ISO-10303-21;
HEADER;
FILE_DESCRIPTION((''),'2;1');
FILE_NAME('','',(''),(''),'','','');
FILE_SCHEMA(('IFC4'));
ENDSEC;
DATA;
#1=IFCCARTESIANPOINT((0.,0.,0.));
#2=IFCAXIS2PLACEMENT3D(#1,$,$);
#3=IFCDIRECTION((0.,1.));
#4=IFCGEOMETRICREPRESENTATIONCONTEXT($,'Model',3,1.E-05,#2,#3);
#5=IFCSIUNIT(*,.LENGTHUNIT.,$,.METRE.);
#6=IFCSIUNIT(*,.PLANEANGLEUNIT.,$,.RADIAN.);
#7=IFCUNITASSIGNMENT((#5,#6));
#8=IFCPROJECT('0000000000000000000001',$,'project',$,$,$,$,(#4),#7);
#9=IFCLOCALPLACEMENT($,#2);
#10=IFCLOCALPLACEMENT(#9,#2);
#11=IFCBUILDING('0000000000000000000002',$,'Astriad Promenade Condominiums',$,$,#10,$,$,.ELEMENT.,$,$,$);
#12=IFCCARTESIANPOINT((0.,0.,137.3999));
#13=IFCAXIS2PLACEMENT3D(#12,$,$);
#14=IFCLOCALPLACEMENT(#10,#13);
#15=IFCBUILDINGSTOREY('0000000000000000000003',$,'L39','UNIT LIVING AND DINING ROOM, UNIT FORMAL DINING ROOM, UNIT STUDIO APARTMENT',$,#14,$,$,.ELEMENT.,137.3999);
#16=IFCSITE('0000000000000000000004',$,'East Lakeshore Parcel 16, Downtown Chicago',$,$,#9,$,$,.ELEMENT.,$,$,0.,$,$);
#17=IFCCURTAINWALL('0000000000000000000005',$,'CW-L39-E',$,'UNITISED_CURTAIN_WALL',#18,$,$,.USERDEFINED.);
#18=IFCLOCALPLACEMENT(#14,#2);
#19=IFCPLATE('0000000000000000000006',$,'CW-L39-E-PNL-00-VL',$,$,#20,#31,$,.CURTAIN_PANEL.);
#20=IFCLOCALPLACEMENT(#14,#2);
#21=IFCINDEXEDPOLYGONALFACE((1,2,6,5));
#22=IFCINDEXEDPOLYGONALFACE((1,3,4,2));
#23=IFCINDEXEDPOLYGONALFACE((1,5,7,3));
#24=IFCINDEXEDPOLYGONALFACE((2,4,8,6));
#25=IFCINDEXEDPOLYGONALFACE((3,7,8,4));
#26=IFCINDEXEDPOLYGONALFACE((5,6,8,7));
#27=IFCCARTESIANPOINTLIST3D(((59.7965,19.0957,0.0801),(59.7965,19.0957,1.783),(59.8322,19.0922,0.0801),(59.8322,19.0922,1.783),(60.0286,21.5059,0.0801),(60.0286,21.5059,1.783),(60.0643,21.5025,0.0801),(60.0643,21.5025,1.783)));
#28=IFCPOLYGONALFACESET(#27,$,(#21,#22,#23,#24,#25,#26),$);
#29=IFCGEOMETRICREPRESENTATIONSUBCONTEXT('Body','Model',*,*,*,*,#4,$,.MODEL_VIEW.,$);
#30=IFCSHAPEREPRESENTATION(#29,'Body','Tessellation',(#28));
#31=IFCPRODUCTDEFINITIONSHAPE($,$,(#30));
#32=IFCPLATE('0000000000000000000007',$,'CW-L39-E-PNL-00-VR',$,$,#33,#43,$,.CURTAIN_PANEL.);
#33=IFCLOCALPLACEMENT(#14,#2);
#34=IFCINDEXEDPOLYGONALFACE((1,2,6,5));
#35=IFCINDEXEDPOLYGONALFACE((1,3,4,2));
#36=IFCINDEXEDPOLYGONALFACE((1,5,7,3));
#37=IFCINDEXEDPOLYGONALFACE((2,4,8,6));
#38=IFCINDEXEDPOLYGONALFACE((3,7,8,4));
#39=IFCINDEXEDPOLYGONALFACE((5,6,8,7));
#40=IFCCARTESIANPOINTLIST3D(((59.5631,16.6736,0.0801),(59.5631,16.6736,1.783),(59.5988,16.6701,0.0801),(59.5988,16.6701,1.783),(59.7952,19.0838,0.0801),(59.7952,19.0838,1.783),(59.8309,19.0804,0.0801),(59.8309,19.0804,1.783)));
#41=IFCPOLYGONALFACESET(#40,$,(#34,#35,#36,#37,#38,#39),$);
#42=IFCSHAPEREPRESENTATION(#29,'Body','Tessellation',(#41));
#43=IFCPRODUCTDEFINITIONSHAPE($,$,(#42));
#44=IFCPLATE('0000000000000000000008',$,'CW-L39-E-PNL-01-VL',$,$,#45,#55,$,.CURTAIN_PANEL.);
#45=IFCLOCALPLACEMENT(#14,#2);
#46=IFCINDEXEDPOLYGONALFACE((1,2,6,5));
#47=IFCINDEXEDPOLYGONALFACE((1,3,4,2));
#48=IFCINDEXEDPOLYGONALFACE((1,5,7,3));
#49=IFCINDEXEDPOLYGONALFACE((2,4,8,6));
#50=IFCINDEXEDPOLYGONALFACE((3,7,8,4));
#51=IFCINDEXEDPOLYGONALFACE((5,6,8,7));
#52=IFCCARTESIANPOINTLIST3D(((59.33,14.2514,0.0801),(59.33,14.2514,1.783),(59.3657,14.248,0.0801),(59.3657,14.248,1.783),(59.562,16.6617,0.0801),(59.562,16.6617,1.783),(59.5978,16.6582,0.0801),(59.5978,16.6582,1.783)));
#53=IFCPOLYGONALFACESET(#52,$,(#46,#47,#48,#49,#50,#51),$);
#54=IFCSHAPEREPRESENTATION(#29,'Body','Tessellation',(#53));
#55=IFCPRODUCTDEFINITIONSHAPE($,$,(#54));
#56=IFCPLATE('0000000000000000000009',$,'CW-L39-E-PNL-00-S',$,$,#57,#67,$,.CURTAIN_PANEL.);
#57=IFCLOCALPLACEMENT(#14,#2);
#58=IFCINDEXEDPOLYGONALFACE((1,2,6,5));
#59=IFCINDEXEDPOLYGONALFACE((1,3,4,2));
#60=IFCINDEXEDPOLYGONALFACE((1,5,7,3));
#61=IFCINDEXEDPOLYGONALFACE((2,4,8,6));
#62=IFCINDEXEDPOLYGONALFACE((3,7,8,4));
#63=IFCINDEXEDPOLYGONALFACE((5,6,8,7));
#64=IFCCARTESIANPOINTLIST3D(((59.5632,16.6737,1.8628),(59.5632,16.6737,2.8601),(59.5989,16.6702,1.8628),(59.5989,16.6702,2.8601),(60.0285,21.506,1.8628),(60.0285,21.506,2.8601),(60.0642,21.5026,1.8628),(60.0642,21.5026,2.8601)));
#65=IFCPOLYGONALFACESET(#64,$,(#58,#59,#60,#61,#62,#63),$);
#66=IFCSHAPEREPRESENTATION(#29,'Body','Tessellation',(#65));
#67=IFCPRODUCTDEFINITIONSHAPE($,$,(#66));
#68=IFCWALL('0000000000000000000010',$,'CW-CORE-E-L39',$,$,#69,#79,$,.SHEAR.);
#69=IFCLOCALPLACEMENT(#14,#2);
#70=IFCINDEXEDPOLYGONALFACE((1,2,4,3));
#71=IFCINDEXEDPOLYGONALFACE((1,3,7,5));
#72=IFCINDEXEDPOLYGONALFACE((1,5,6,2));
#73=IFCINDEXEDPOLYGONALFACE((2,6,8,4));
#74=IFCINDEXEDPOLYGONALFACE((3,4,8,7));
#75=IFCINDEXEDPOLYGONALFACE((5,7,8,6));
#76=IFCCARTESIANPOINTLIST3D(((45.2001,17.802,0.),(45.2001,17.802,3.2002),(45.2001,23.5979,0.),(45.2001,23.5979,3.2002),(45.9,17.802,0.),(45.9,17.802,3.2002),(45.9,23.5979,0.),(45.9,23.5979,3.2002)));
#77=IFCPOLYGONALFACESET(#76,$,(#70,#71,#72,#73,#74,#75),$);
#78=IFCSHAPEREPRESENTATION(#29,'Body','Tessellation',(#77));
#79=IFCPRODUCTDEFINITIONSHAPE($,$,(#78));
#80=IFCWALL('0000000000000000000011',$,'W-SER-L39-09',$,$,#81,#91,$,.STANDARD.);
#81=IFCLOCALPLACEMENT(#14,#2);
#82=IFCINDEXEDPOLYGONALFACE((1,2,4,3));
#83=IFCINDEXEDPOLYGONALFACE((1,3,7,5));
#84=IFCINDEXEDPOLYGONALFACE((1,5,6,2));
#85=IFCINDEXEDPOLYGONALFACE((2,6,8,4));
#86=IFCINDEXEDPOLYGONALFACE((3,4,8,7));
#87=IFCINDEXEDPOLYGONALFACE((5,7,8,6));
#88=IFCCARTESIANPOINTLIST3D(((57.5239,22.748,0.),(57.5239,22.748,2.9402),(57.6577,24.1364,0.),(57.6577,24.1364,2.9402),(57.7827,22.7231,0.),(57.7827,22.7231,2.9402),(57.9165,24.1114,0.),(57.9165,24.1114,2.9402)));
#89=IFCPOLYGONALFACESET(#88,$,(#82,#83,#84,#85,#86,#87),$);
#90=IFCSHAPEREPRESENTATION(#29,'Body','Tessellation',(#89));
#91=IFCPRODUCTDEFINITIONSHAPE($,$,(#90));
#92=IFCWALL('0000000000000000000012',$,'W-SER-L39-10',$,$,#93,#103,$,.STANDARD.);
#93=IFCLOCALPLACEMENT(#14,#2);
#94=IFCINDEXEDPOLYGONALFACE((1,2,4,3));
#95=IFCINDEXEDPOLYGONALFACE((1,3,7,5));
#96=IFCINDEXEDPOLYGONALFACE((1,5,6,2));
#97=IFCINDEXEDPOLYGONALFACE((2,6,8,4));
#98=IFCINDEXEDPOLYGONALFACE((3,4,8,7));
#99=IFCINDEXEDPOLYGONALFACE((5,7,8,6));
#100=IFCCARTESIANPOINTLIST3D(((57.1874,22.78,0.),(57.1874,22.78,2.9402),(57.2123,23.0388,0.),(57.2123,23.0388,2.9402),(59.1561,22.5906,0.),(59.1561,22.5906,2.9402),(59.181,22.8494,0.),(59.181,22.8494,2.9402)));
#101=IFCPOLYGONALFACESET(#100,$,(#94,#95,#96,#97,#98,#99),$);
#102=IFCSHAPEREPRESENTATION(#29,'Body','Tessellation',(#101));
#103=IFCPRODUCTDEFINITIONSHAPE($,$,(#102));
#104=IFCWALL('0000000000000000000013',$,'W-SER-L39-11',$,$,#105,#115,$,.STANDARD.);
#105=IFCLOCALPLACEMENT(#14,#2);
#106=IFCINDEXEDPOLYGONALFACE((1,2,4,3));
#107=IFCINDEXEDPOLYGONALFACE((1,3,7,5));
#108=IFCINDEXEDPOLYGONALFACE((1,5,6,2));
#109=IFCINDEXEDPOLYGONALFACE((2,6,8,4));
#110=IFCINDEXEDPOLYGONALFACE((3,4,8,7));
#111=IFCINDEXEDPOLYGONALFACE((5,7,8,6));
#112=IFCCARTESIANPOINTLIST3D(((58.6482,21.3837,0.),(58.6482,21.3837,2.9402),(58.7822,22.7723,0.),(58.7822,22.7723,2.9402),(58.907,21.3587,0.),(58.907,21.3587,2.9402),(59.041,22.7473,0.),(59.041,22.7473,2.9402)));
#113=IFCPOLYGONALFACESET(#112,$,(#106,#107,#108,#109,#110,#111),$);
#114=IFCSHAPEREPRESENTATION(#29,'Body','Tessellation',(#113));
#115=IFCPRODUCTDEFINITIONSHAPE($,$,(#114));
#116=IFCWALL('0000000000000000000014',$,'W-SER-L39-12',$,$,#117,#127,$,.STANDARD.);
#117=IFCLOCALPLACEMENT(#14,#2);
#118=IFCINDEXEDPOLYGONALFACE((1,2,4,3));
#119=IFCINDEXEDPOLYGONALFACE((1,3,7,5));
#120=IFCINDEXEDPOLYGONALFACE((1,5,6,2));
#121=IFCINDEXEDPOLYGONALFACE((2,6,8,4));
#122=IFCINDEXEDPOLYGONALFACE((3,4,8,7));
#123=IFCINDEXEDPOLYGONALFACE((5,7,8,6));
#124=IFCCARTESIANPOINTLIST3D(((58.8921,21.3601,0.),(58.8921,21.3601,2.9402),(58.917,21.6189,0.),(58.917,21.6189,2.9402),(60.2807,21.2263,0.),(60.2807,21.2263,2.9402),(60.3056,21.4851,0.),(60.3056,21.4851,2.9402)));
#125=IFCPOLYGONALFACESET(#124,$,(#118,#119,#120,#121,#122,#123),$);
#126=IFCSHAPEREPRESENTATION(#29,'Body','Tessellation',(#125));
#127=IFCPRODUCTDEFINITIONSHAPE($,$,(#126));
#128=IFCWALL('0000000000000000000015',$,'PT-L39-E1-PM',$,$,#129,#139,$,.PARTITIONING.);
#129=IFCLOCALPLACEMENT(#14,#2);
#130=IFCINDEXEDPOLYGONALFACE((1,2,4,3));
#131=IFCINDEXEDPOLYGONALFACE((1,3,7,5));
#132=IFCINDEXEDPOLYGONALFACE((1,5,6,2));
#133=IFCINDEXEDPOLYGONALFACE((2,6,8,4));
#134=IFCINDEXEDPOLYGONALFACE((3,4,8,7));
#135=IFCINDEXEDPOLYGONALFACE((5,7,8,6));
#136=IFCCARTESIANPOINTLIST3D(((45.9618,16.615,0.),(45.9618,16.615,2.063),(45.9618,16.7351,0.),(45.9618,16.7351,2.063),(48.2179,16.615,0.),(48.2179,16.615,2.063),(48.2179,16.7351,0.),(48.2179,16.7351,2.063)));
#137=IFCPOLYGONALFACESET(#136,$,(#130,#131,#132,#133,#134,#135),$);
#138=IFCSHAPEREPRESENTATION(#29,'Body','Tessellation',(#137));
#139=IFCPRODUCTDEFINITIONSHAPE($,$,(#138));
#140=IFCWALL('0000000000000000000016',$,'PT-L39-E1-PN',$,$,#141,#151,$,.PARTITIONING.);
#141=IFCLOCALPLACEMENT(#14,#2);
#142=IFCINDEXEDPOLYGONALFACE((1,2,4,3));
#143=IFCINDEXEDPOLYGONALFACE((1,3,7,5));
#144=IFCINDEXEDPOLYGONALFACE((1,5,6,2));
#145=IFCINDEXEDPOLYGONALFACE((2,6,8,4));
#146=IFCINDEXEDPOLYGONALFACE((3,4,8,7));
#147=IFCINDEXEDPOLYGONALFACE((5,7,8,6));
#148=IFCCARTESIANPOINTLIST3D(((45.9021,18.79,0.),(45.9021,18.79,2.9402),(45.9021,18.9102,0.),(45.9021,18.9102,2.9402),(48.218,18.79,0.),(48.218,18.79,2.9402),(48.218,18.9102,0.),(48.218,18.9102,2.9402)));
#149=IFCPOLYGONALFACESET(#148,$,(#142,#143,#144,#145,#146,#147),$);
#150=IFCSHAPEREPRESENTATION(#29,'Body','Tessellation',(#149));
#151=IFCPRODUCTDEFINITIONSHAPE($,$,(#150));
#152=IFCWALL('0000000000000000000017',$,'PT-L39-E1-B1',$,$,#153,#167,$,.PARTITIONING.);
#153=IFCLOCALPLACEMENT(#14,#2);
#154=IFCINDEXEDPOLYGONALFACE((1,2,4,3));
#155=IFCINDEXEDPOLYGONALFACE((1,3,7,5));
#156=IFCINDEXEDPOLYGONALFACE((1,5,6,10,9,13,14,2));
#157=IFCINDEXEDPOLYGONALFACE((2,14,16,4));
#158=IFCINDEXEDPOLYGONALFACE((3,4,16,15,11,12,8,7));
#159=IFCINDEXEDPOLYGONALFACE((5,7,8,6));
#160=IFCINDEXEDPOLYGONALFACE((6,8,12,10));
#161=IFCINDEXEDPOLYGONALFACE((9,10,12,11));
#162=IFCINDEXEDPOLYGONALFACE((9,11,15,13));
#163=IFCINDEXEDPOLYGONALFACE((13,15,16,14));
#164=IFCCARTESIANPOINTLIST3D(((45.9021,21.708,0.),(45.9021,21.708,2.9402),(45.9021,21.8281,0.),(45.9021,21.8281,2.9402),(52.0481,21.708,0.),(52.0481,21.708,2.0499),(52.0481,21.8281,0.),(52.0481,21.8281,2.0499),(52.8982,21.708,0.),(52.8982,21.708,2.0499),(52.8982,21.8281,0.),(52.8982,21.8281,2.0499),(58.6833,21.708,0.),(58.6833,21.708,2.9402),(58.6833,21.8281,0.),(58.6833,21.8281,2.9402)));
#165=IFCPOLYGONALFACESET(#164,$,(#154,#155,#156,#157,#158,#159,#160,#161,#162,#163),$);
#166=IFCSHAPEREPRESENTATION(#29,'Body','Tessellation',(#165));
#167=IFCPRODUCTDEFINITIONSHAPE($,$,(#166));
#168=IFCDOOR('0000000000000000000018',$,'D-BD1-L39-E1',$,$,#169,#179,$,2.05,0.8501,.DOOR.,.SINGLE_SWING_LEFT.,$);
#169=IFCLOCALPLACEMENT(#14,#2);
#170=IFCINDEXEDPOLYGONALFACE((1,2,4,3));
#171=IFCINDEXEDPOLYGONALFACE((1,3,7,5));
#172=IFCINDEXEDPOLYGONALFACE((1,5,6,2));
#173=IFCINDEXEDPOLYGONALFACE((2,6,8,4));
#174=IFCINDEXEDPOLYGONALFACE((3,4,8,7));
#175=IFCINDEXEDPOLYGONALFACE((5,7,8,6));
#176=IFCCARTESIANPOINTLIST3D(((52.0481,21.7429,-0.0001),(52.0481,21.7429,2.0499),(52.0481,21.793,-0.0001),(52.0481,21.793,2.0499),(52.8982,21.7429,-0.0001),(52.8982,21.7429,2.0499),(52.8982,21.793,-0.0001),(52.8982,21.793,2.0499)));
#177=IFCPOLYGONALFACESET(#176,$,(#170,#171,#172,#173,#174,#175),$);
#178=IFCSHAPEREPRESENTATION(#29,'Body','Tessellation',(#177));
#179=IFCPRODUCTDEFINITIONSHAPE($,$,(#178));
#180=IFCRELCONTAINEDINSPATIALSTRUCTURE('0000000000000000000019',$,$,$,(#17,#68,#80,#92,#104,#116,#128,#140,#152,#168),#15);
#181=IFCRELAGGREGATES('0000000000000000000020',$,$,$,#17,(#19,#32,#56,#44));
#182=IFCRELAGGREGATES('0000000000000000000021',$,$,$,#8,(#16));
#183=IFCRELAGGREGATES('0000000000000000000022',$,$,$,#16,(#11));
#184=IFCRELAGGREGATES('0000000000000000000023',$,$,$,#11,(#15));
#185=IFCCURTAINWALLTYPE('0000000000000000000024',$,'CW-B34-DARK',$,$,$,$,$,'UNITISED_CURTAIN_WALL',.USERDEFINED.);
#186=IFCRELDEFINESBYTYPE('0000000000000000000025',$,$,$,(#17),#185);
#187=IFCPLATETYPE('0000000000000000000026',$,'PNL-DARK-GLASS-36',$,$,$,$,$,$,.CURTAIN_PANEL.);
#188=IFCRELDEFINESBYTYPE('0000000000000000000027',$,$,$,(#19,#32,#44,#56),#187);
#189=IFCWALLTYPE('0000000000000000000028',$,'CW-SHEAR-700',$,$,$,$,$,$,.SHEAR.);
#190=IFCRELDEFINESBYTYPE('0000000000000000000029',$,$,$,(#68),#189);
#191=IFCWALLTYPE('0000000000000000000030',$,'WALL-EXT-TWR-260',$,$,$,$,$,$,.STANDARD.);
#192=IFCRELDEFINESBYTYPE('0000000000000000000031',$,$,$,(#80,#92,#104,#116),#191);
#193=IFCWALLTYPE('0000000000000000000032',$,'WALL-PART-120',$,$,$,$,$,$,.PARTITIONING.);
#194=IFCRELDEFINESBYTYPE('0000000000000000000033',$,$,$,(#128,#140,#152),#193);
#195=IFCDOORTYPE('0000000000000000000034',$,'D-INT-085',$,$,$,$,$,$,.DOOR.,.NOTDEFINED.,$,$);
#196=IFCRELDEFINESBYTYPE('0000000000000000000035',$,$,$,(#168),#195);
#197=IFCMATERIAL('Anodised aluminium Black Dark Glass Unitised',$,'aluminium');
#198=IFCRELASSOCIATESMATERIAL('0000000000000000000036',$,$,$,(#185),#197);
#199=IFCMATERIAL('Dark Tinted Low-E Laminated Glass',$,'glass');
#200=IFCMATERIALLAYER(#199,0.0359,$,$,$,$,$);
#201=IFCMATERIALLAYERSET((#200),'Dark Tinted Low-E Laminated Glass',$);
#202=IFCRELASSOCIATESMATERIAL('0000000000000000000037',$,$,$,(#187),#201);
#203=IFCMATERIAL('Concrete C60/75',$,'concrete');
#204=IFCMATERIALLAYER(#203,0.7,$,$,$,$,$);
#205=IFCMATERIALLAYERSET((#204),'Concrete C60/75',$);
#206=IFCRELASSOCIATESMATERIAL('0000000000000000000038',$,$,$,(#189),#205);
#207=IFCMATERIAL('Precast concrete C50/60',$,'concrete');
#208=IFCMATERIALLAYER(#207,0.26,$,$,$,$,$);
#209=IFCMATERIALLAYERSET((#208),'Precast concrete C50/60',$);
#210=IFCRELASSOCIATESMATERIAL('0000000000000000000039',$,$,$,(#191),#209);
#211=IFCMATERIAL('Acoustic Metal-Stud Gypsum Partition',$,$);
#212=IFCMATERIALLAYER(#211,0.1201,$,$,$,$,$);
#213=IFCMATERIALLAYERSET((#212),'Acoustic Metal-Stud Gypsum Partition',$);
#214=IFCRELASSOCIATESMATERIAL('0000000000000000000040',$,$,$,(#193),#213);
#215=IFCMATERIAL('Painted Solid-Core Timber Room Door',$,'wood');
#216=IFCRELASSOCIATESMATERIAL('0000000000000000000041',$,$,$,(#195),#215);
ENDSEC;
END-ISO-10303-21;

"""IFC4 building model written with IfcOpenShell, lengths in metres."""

from ifc_helpers import new_model, si_unit, direction, frame, frame_2d, origin, origin_2d, place, context, subcontext, project, spatial, rectangle, extrude, source, transform, mapped, material, layer, layer_set, type_object, type_shapes, element, fill, aggregate, save


model = new_model("IFC4")

# Units and contexts
model_context = context("Model", 3, precision=1e-05, world=origin(), true_north=direction((0.0, 1.0)))
body_context = subcontext(model_context, "Body", "Model", "MODEL_VIEW")
ifc_project = project(units=[si_unit("LENGTHUNIT", "METRE"), si_unit("PLANEANGLEUNIT", "RADIAN")], contexts=[model_context])

# Site, building, storey
site_placement = place(None, origin())
site = spatial("IfcSite", under=ifc_project, at=site_placement, Name="East Lakeshore Parcel 16, Downtown Chicago", CompositionType="ELEMENT", RefElevation=0.0)
building_placement = place(site_placement, origin())
building = spatial("IfcBuilding", under=site, at=building_placement, Name="Astriad Promenade Condominiums", CompositionType="ELEMENT")
storey_placement = place(building_placement, frame((0.0, 0.0, 137.3999)))
storey = spatial("IfcBuildingStorey", under=building, at=storey_placement, Name="L39", Description="UNIT LIVING AND DINING ROOM, UNIT FORMAL DINING ROOM, UNIT STUDIO APARTMENT", CompositionType="ELEMENT", Elevation=137.3999)

# Shared definitions
ifc_material_1 = material(Name="Concrete C60/75", Category="concrete")

# Curtain wall, plates
ifc_material_2 = material(Name="Anodised aluminium Black Dark Glass Unitised", Category="aluminium")
curtain_wall_type = type_object("IfcCurtainWallType", Name="CW-B34-DARK", ElementType="UNITISED_CURTAIN_WALL", PredefinedType="USERDEFINED", material=ifc_material_2)
curtain_wall_placement = place(storey_placement, origin())
curtain_wall = element("IfcCurtainWall", 1, at=curtain_wall_placement, inside=storey, type_object=curtain_wall_type, Name="CW-L39-E", ObjectType="UNITISED_CURTAIN_WALL", PredefinedType="USERDEFINED")
ifc_material_3 = material(Name="Dark Tinted Low-E Laminated Glass", Category="glass")
ifc_layer_1 = layer(ifc_material_3, 0.0359)
ifc_layer_set_1 = layer_set([ifc_layer_1], Name="Dark Tinted Low-E Laminated Glass")
plate_type = type_object("IfcPlateType", Name="PNL-DARK-GLASS-36", PredefinedType="CURTAIN_PANEL", material=ifc_layer_set_1)
shared_shape_1 = source(origin(), body_context, "Body", "SweptSolid", [
    extrude(rectangle(XDim=2.4214, YDim=0.0359, at=origin_2d()), origin(), (0.0, 0.0, 1.0), 1.7029),
])
plate_1_placement = place(storey_placement, frame((59.9304, 20.2991, 0.0801), z_axis=(0.0, 0.0, 1.0), x_axis=(-0.095846, -0.995396, 0.0)))
plate_1 = element("IfcPlate", 2, at=plate_1_placement, type_object=plate_type, Name="CW-L39-E-PNL-00-VL", PredefinedType="CURTAIN_PANEL", context=body_context, shape_type="MappedRepresentation", body=[
    mapped(shared_shape_1, transform((0.0, 0.0, 0.0), scale=1.0)),
])
plate_2_placement = place(storey_placement, frame((59.697, 17.877, 0.0801), z_axis=(0.0, 0.0, 1.0), x_axis=(-0.095846, -0.995396, 0.0)))
plate_2 = element("IfcPlate", 3, at=plate_2_placement, type_object=plate_type, Name="CW-L39-E-PNL-00-VR", PredefinedType="CURTAIN_PANEL", context=body_context, shape_type="MappedRepresentation", body=[
    mapped(shared_shape_1, transform((0.0, 0.0, 0.0), scale=1.0)),
])
plate_3_placement = place(storey_placement, frame((59.4639, 15.4548, 0.0801), z_axis=(0.0, 0.0, 1.0), x_axis=(-0.095846, -0.995396, 0.0)))
plate_3 = element("IfcPlate", 4, at=plate_3_placement, type_object=plate_type, Name="CW-L39-E-PNL-01-VL", PredefinedType="CURTAIN_PANEL", context=body_context, shape_type="MappedRepresentation", body=[
    mapped(shared_shape_1, transform((0.0, 0.0, 0.0), scale=1.0)),
])
shared_shape_2 = source(origin(), body_context, "Body", "SweptSolid", [
    extrude(rectangle(XDim=4.8547, YDim=0.0359, at=origin_2d()), origin(), (0.0, 0.0, 1.0), 0.9973),
])
type_shapes(plate_type, [shared_shape_1, shared_shape_2])
plate_4_placement = place(storey_placement, frame((59.8137, 19.0881, 1.8628), z_axis=(0.0, 0.0, 1.0), x_axis=(-0.095846, -0.995396, 0.0)))
plate_4 = element("IfcPlate", 5, at=plate_4_placement, type_object=plate_type, Name="CW-L39-E-PNL-00-S", PredefinedType="CURTAIN_PANEL", context=body_context, shape_type="MappedRepresentation", body=[
    mapped(shared_shape_2, transform((0.0, 0.0, 0.0), scale=1.0)),
])
aggregate(curtain_wall, [plate_1, plate_2, plate_4, plate_3])

# Walls
ifc_layer_2 = layer(ifc_material_1, 0.7)
ifc_layer_set_2 = layer_set([ifc_layer_2], Name="Concrete C60/75")
wall_type_1 = type_object("IfcWallType", Name="CW-SHEAR-700", PredefinedType="SHEAR", material=ifc_layer_set_2)
wall_1_placement = place(storey_placement, frame((45.55, 17.802, 0.0), z_axis=(0.0, 0.0, 1.0), x_axis=(0.0, 1.0, 0.0)))
element("IfcWall", 6, at=wall_1_placement, inside=storey, type_object=wall_type_1, Name="CW-CORE-E-L39", PredefinedType="SHEAR", context=body_context, shape_type="SweptSolid", body=[
    extrude(rectangle(XDim=5.7959, YDim=0.7, at=frame_2d((2.8979, 0.0))), origin(), (0.0, 0.0, 1.0), 3.2002),
])
ifc_material_4 = material(Name="Precast concrete C50/60", Category="concrete")
ifc_layer_3 = layer(ifc_material_4, 0.26)
ifc_layer_set_3 = layer_set([ifc_layer_3], Name="Precast concrete C50/60")
wall_type_2 = type_object("IfcWallType", Name="WALL-EXT-TWR-260", PredefinedType="STANDARD", material=ifc_layer_set_3)
wall_2_placement = place(storey_placement, frame((57.7871, 24.1238, 0.0), z_axis=(0.0, 0.0, 1.0), x_axis=(-0.095916, -0.995389, 0.0)))
element("IfcWall", 7, at=wall_2_placement, inside=storey, type_object=wall_type_2, Name="W-SER-L39-09", PredefinedType="STANDARD", context=body_context, shape_type="SweptSolid", body=[
    extrude(rectangle(XDim=1.3948, YDim=0.26, at=frame_2d((0.6973, 0.0))), origin(), (0.0, 0.0, 1.0), 2.9402),
])
wall_3_placement = place(storey_placement, frame((57.2, 22.9094, 0.0), z_axis=(0.0, 0.0, 1.0), x_axis=(0.995402, -0.095788, 0.0)))
element("IfcWall", 8, at=wall_3_placement, inside=storey, type_object=wall_type_2, Name="W-SER-L39-10", PredefinedType="STANDARD", context=body_context, shape_type="SweptSolid", body=[
    extrude(rectangle(XDim=1.9778, YDim=0.26, at=frame_2d((0.9888, 0.0))), origin(), (0.0, 0.0, 1.0), 2.9402),
])
for number, where, z_axis, x_axis, name in (
    (9, (58.9116, 22.7598, 0.0), (0.0, 0.0, 1.0), (-0.096073, -0.995374, 0.0), "W-SER-L39-11"),
    (10, (58.9045, 21.4895, 0.0), (0.0, 0.0, 1.0), (0.995391, -0.095899, 0.0), "W-SER-L39-12"),
):
    element("IfcWall", number, at=place(storey_placement, frame(where, z_axis=z_axis, x_axis=x_axis)), inside=storey, type_object=wall_type_2, Name=name, PredefinedType="STANDARD", context=body_context, shape_type="SweptSolid", body=[
        extrude(rectangle(XDim=1.395, YDim=0.26, at=frame_2d((0.6975, 0.0))), origin(), (0.0, 0.0, 1.0), 2.9402),
    ])
ifc_material_5 = material(Name="Acoustic Metal-Stud Gypsum Partition")
ifc_layer_4 = layer(ifc_material_5, 0.1201)
ifc_layer_set_4 = layer_set([ifc_layer_4], Name="Acoustic Metal-Stud Gypsum Partition")
wall_type_3 = type_object("IfcWallType", Name="WALL-PART-120", PredefinedType="PARTITIONING", material=ifc_layer_set_4)
wall_4_placement = place(storey_placement, frame((45.9619, 16.675, 0.0), z_axis=(0.0, 0.0, 1.0), x_axis=(1.0, 0.0, 0.0)))
element("IfcWall", 11, at=wall_4_placement, inside=storey, type_object=wall_type_3, Name="PT-L39-E1-PM", PredefinedType="PARTITIONING", context=body_context, shape_type="SweptSolid", body=[
    extrude(rectangle(XDim=2.2561, YDim=0.1201, at=frame_2d((1.1279, 0.0))), origin(), (0.0, 0.0, 1.0), 2.063),
])
wall_5_placement = place(storey_placement, frame((45.9021, 18.8501, 0.0), z_axis=(0.0, 0.0, 1.0), x_axis=(1.0, 0.0, 0.0)))
element("IfcWall", 12, at=wall_5_placement, inside=storey, type_object=wall_type_3, Name="PT-L39-E1-PN", PredefinedType="PARTITIONING", context=body_context, shape_type="SweptSolid", body=[
    extrude(rectangle(XDim=2.3159, YDim=0.1201, at=frame_2d((1.158, 0.0))), origin(), (0.0, 0.0, 1.0), 2.9402),
])

# Wall, opening, door
wall_6_placement = place(storey_placement, frame((45.9021, 21.7681, 0.0), z_axis=(0.0, 0.0, 1.0), x_axis=(1.0, 0.0, 0.0)))
wall_6 = element("IfcWall", 13, at=wall_6_placement, inside=storey, type_object=wall_type_3, Name="PT-L39-E1-B1", PredefinedType="PARTITIONING", context=body_context, shape_type="SweptSolid", body=[
    extrude(rectangle(XDim=12.7812, YDim=0.1201, at=frame_2d((6.3906, 0.0))), origin(), (0.0, 0.0, 1.0), 2.9402),
])
opening_1_placement = place(wall_6_placement, frame((6.146, 0.0, 0.0)))
opening_1 = element("IfcOpeningElement", 14, at=opening_1_placement, cuts=wall_6, PredefinedType="OPENING", context=body_context, shape_type="SweptSolid", body=[
    extrude(rectangle(XDim=0.8501, YDim=2.05, at=frame_2d((0.425, 1.0249))), frame((0.0, 0.0701, 0.0), z_axis=(0.0, -1.0, 0.0), x_axis=(1.0, 0.0, 0.0)), (0.0, 0.0, 1.0), 0.1401),
])
ifc_material_6 = material(Name="Painted Solid-Core Timber Room Door", Category="wood")
door_type = type_object("IfcDoorType", Name="D-INT-085", OperationType="NOTDEFINED", PredefinedType="DOOR", material=ifc_material_6)
shared_shape_3 = source(origin(), body_context, "Body", "SweptSolid", [
    extrude(rectangle(XDim=0.8501, YDim=2.05, at=frame_2d((0.425, 1.0249))), frame((0.0, 0.0249, 0.0), z_axis=(0.0, -1.0, 0.0), x_axis=(1.0, 0.0, 0.0)), (0.0, 0.0, 1.0), 0.05),
])
type_shapes(door_type, [shared_shape_3])
door_1_placement = place(opening_1_placement, origin())
door_1 = element("IfcDoor", 15, at=door_1_placement, inside=storey, type_object=door_type, Name="D-BD1-L39-E1", OperationType="SINGLE_SWING_LEFT", OverallHeight=2.05, OverallWidth=0.8501, PredefinedType="DOOR", context=body_context, shape_type="MappedRepresentation", body=[
    mapped(shared_shape_3, transform((0.0, 0.0, 0.0), scale=1.0)),
])
fill(opening_1, door_1)

save(model, "model.ifc")
